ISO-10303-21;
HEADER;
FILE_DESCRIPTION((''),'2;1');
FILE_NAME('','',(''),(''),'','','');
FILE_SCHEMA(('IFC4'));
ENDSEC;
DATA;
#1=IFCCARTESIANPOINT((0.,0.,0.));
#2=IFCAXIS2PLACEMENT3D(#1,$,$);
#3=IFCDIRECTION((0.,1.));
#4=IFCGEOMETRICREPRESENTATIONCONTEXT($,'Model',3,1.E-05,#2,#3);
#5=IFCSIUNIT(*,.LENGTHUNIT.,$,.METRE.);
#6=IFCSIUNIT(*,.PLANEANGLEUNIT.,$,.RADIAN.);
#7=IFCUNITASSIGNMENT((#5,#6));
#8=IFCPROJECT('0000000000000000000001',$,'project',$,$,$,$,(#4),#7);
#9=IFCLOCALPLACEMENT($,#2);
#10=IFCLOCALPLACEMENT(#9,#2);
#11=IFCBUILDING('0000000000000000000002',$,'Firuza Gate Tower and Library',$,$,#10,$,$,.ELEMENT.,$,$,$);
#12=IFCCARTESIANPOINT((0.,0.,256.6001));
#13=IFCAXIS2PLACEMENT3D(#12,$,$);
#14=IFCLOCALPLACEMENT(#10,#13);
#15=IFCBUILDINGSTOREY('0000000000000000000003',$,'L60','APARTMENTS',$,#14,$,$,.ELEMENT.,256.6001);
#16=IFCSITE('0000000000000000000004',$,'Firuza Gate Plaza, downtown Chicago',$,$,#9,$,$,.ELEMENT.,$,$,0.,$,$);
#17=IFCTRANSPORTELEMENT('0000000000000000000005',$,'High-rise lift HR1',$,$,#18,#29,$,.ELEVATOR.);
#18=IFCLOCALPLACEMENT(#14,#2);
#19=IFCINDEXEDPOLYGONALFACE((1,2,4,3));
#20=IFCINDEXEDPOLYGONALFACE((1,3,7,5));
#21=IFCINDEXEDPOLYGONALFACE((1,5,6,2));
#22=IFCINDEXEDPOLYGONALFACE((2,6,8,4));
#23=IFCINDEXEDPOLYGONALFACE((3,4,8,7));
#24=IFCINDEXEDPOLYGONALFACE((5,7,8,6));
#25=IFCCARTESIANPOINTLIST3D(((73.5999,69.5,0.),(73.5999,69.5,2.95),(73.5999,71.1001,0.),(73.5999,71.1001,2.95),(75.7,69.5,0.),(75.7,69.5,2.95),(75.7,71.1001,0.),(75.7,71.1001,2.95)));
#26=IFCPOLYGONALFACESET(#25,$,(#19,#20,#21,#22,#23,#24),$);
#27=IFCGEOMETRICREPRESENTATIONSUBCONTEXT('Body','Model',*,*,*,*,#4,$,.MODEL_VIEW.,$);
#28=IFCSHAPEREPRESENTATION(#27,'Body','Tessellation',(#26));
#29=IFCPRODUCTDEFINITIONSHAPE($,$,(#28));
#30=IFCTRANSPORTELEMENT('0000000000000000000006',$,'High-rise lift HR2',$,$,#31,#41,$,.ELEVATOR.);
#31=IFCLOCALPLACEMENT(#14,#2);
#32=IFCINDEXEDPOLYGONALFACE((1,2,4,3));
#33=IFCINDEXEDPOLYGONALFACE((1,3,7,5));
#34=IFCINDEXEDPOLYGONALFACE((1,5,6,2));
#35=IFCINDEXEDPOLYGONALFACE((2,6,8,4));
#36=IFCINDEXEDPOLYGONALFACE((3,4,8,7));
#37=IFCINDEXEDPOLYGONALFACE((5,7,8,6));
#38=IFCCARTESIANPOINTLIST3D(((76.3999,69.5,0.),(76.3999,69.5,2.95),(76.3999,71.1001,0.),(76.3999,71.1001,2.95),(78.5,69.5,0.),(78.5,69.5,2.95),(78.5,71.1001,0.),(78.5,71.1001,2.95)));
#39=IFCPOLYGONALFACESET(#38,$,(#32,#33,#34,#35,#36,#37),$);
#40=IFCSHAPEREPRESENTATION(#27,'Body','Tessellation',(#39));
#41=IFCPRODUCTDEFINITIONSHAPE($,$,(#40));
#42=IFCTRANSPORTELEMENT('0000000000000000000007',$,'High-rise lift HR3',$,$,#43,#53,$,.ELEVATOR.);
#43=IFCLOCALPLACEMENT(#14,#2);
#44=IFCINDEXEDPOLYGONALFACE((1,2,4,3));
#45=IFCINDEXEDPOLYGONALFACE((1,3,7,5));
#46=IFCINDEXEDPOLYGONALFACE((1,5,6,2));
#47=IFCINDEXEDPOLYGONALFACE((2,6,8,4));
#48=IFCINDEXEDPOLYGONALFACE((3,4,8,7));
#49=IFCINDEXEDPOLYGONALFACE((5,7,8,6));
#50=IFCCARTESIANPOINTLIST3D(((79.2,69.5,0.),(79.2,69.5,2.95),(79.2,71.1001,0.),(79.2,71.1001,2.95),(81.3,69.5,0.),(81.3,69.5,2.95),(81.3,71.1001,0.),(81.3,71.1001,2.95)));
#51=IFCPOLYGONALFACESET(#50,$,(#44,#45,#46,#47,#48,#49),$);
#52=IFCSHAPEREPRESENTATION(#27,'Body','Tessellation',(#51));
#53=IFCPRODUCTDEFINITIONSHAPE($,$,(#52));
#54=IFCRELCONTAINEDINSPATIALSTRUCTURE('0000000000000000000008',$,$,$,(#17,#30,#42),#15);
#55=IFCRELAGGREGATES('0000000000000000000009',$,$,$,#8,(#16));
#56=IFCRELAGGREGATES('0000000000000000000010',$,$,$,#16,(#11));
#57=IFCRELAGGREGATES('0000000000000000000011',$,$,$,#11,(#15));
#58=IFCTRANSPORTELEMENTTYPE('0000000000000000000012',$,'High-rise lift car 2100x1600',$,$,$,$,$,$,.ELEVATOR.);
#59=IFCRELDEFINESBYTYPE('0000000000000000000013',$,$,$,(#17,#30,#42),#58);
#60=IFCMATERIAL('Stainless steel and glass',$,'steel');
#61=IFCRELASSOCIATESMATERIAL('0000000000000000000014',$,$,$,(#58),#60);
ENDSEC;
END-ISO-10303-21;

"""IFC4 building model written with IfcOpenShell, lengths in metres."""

from ifc_helpers import new_model, si_unit, direction, frame, origin, origin_2d, place, context, subcontext, project, spatial, rectangle, extrude, material, type_object, element, save


model = new_model("IFC4")

# Units and contexts
model_context = context("Model", 3, precision=1e-05, world=origin(), true_north=direction((0.0, 1.0)))
body_context = subcontext(model_context, "Body", "Model", "MODEL_VIEW")
ifc_project = project(units=[si_unit("LENGTHUNIT", "METRE"), si_unit("PLANEANGLEUNIT", "RADIAN")], contexts=[model_context])

# Site, building, storey
site_placement = place(None, origin())
site = spatial("IfcSite", under=ifc_project, at=site_placement, Name="Firuza Gate Plaza, downtown Chicago", CompositionType="ELEMENT", RefElevation=0.0)
building_placement = place(site_placement, origin())
building = spatial("IfcBuilding", under=site, at=building_placement, Name="Firuza Gate Tower and Library", CompositionType="ELEMENT")
storey_placement = place(building_placement, frame((0.0, 0.0, 256.6001)))
storey = spatial("IfcBuildingStorey", under=building, at=storey_placement, Name="L60", Description="APARTMENTS", CompositionType="ELEMENT", Elevation=256.6001)

# Transport elements
ifc_material_1 = material(Name="Stainless steel and glass", Category="steel")
transport_element_type = type_object("IfcTransportElementType", Name="High-rise lift car 2100x1600", PredefinedType="ELEVATOR", material=ifc_material_1)
for number, where, z_axis, x_axis, name in (
    (1, (74.6499, 70.3, 0.0), (0.0, 0.0, 1.0), (1.0, 0.0, 0.0), "High-rise lift HR1"),
    (2, (77.45, 70.3, 0.0), (0.0, 0.0, 1.0), (1.0, 0.0, 0.0), "High-rise lift HR2"),
    (3, (80.25, 70.3, 0.0), (0.0, 0.0, 1.0), (1.0, 0.0, 0.0), "High-rise lift HR3"),
):
    element("IfcTransportElement", number, at=place(storey_placement, frame(where, z_axis=z_axis, x_axis=x_axis)), inside=storey, type_object=transport_element_type, Name=name, PredefinedType="ELEVATOR", context=body_context, shape_type="SweptSolid", body=[
        extrude(rectangle(XDim=2.1001, YDim=1.6001, at=origin_2d()), origin(), (0.0, 0.0, 1.0), 2.95),
    ])

save(model, "model.ifc")
